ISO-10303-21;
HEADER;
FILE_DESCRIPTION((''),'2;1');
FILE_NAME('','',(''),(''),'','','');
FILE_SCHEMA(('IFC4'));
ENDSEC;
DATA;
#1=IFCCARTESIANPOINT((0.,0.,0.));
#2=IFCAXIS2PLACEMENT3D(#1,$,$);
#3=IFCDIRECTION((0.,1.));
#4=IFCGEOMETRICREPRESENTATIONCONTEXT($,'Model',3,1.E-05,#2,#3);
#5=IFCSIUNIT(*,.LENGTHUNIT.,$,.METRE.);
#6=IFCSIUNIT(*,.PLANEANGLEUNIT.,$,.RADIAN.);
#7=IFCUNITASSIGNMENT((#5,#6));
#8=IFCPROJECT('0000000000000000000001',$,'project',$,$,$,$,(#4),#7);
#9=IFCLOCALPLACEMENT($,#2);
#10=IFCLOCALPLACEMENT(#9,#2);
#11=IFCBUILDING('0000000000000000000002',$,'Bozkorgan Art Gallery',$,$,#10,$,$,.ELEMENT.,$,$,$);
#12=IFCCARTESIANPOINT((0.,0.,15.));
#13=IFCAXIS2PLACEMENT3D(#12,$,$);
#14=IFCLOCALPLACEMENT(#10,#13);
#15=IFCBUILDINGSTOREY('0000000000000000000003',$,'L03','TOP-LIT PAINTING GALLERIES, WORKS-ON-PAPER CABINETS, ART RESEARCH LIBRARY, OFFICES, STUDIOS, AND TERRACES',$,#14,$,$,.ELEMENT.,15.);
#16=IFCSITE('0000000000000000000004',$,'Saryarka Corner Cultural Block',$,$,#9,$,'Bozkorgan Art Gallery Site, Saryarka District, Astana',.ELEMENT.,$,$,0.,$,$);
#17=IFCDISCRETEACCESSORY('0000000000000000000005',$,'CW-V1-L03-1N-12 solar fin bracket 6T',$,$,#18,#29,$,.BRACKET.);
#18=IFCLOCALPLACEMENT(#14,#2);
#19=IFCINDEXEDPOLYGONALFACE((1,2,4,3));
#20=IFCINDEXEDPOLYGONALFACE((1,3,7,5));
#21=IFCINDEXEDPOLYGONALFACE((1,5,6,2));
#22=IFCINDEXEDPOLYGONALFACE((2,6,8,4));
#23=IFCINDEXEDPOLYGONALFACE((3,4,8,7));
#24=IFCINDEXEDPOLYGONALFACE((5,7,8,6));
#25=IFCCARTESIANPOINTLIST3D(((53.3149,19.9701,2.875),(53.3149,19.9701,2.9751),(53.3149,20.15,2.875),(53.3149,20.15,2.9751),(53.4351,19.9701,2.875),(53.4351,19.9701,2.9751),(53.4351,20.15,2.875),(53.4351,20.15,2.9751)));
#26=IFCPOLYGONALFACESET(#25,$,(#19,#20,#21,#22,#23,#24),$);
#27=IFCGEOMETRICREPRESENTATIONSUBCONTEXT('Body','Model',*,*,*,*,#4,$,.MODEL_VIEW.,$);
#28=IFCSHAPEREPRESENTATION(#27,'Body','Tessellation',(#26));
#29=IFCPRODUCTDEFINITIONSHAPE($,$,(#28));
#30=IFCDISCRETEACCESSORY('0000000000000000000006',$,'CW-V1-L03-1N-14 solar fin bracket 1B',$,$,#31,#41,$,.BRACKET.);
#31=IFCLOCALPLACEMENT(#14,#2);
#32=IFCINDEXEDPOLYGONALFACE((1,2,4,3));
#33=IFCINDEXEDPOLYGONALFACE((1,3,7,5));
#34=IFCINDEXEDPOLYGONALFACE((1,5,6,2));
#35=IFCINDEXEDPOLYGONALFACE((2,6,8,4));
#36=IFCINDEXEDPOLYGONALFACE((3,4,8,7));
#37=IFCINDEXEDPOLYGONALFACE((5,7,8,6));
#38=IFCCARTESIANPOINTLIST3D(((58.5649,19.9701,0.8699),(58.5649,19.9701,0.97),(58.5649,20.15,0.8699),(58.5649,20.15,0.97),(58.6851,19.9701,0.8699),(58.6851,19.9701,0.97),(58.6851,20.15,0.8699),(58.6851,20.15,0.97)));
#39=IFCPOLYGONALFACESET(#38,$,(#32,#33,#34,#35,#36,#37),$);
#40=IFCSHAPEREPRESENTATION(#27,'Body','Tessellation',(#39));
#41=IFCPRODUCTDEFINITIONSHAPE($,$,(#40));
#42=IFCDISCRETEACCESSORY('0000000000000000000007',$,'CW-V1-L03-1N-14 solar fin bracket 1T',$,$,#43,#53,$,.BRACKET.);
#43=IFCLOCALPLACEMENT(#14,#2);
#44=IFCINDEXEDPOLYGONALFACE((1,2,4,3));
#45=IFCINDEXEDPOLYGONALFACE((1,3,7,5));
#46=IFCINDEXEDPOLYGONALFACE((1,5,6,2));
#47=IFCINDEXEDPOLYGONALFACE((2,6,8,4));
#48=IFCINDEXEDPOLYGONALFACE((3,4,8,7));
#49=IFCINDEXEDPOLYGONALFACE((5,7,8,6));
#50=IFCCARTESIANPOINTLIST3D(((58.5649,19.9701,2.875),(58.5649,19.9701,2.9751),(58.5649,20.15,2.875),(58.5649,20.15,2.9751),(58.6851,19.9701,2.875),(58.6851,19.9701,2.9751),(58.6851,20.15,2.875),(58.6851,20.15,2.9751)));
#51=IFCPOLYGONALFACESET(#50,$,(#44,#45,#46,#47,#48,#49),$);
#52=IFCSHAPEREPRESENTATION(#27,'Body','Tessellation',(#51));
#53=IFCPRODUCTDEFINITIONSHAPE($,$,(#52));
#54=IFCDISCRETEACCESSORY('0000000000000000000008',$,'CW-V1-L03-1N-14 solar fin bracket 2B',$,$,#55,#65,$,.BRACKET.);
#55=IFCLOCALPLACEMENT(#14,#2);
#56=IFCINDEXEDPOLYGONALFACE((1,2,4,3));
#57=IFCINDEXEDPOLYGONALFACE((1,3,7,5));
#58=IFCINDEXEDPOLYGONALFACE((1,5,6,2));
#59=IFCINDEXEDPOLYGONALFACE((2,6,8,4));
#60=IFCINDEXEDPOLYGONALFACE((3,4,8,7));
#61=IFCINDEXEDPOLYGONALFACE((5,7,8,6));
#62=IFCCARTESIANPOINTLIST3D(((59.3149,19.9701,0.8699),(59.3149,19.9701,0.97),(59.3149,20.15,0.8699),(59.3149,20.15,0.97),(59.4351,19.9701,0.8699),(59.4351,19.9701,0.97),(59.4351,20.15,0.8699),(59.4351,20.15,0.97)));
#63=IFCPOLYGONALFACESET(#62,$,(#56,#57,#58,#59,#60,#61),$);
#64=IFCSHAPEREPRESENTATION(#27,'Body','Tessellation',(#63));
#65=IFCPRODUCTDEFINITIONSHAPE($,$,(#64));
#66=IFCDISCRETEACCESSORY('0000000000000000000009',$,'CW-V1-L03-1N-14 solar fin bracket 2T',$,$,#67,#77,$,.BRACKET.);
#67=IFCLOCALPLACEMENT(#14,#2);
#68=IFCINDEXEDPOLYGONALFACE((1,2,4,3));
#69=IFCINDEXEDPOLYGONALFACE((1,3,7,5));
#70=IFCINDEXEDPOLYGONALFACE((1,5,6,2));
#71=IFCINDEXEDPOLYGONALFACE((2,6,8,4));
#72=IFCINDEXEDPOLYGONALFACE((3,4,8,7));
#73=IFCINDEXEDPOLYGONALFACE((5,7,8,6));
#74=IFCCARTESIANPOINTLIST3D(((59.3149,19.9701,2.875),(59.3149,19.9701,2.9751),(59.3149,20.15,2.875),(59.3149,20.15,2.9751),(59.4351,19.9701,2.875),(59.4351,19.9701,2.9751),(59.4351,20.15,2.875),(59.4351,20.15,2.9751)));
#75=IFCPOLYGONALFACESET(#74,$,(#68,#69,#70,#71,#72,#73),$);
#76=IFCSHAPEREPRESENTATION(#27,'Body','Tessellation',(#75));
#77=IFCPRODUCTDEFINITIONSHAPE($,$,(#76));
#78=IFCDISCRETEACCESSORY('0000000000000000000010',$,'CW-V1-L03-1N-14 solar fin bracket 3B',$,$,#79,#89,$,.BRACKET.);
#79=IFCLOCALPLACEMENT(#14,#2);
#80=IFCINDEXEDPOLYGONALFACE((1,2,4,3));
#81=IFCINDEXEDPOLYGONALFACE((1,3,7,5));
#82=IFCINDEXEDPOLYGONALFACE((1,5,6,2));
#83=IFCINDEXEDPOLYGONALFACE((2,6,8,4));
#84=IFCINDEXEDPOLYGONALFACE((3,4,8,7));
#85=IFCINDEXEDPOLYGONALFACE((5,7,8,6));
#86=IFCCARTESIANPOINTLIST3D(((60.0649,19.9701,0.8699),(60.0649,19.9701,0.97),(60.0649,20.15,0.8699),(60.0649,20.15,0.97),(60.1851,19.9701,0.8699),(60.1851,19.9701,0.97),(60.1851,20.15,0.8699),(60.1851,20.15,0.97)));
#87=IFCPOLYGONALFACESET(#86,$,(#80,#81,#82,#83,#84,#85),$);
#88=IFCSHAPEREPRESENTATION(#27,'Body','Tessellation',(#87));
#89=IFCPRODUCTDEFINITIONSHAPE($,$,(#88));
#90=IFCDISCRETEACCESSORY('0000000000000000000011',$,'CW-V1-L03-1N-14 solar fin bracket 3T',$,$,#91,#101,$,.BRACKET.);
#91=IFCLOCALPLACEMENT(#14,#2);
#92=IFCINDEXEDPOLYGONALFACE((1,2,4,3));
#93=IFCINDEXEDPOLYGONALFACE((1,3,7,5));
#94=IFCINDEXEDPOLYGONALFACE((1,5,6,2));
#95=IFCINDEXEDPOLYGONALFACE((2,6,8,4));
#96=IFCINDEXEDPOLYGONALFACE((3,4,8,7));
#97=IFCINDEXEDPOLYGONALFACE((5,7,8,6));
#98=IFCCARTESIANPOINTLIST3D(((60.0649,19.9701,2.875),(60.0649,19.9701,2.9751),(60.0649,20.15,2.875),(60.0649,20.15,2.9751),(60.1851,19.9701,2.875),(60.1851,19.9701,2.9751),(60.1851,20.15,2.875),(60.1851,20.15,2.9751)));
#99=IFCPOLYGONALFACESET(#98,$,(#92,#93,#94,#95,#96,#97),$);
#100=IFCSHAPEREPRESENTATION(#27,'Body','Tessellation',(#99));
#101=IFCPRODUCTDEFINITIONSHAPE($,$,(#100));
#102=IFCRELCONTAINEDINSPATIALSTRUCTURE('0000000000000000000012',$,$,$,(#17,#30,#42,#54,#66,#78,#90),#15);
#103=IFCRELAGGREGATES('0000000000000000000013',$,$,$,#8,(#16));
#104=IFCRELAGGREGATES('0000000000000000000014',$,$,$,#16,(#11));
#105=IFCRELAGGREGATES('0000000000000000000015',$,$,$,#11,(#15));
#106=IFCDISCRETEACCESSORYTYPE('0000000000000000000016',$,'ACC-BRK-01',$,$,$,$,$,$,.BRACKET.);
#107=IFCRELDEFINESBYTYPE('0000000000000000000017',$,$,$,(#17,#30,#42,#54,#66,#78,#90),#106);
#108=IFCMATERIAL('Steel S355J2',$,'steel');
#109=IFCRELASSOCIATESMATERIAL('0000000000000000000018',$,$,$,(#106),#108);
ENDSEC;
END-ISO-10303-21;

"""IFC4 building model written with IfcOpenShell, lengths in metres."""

from ifc_helpers import new_model, si_unit, direction, frame, origin, origin_2d, place, context, subcontext, project, spatial, rectangle, extrude, material, type_object, element, save


model = new_model("IFC4")

# Units and contexts
model_context = context("Model", 3, precision=1e-05, world=origin(), true_north=direction((0.0, 1.0)))
body_context = subcontext(model_context, "Body", "Model", "MODEL_VIEW")
ifc_project = project(units=[si_unit("LENGTHUNIT", "METRE"), si_unit("PLANEANGLEUNIT", "RADIAN")], contexts=[model_context])

# Site, building, storey
site_placement = place(None, origin())
site = spatial("IfcSite", under=ifc_project, at=site_placement, Name="Saryarka Corner Cultural Block", LongName="Bozkorgan Art Gallery Site, Saryarka District, Astana", CompositionType="ELEMENT", RefElevation=0.0)
building_placement = place(site_placement, origin())
building = spatial("IfcBuilding", under=site, at=building_placement, Name="Bozkorgan Art Gallery", CompositionType="ELEMENT")
storey_placement = place(building_placement, frame((0.0, 0.0, 15.0)))
storey = spatial("IfcBuildingStorey", under=building, at=storey_placement, Name="L03", Description="TOP-LIT PAINTING GALLERIES, WORKS-ON-PAPER CABINETS, ART RESEARCH LIBRARY, OFFICES, STUDIOS, AND TERRACES", CompositionType="ELEMENT", Elevation=15.0)

# Shared definitions
ifc_material_1 = material(Name="Steel S355J2", Category="steel")

# Discrete accessories
discrete_accessory_type = type_object("IfcDiscreteAccessoryType", Name="ACC-BRK-01", PredefinedType="BRACKET", material=ifc_material_1)
for number, where, z_axis, x_axis, name in (
    (1, (53.375, 20.0601, 2.875), (0.0, 0.0, 1.0), (0.0, 1.0, 0.0), "CW-V1-L03-1N-12 solar fin bracket 6T"),
    (2, (58.625, 20.0601, 0.8699), (0.0, 0.0, 1.0), (0.0, 1.0, 0.0), "CW-V1-L03-1N-14 solar fin bracket 1B"),
    (3, (58.625, 20.0601, 2.875), (0.0, 0.0, 1.0), (0.0, 1.0, 0.0), "CW-V1-L03-1N-14 solar fin bracket 1T"),
    (4, (59.375, 20.0601, 0.8699), (0.0, 0.0, 1.0), (0.0, 1.0, 0.0), "CW-V1-L03-1N-14 solar fin bracket 2B"),
    (5, (59.375, 20.0601, 2.875), (0.0, 0.0, 1.0), (0.0, 1.0, 0.0), "CW-V1-L03-1N-14 solar fin bracket 2T"),
    (6, (60.125, 20.0601, 0.8699), (0.0, 0.0, 1.0), (0.0, 1.0, 0.0), "CW-V1-L03-1N-14 solar fin bracket 3B"),
    (7, (60.125, 20.0601, 2.875), (0.0, 0.0, 1.0), (0.0, 1.0, 0.0), "CW-V1-L03-1N-14 solar fin bracket 3T"),
):
    element("IfcDiscreteAccessory", number, at=place(storey_placement, frame(where, z_axis=z_axis, x_axis=x_axis)), inside=storey, type_object=discrete_accessory_type, Name=name, PredefinedType="BRACKET", context=body_context, shape_type="SweptSolid", body=[
        extrude(rectangle(XDim=0.1799, YDim=0.1201, at=origin_2d()), origin(), (0.0, 0.0, 1.0), 0.1001),
    ])

save(model, "model.ifc")
